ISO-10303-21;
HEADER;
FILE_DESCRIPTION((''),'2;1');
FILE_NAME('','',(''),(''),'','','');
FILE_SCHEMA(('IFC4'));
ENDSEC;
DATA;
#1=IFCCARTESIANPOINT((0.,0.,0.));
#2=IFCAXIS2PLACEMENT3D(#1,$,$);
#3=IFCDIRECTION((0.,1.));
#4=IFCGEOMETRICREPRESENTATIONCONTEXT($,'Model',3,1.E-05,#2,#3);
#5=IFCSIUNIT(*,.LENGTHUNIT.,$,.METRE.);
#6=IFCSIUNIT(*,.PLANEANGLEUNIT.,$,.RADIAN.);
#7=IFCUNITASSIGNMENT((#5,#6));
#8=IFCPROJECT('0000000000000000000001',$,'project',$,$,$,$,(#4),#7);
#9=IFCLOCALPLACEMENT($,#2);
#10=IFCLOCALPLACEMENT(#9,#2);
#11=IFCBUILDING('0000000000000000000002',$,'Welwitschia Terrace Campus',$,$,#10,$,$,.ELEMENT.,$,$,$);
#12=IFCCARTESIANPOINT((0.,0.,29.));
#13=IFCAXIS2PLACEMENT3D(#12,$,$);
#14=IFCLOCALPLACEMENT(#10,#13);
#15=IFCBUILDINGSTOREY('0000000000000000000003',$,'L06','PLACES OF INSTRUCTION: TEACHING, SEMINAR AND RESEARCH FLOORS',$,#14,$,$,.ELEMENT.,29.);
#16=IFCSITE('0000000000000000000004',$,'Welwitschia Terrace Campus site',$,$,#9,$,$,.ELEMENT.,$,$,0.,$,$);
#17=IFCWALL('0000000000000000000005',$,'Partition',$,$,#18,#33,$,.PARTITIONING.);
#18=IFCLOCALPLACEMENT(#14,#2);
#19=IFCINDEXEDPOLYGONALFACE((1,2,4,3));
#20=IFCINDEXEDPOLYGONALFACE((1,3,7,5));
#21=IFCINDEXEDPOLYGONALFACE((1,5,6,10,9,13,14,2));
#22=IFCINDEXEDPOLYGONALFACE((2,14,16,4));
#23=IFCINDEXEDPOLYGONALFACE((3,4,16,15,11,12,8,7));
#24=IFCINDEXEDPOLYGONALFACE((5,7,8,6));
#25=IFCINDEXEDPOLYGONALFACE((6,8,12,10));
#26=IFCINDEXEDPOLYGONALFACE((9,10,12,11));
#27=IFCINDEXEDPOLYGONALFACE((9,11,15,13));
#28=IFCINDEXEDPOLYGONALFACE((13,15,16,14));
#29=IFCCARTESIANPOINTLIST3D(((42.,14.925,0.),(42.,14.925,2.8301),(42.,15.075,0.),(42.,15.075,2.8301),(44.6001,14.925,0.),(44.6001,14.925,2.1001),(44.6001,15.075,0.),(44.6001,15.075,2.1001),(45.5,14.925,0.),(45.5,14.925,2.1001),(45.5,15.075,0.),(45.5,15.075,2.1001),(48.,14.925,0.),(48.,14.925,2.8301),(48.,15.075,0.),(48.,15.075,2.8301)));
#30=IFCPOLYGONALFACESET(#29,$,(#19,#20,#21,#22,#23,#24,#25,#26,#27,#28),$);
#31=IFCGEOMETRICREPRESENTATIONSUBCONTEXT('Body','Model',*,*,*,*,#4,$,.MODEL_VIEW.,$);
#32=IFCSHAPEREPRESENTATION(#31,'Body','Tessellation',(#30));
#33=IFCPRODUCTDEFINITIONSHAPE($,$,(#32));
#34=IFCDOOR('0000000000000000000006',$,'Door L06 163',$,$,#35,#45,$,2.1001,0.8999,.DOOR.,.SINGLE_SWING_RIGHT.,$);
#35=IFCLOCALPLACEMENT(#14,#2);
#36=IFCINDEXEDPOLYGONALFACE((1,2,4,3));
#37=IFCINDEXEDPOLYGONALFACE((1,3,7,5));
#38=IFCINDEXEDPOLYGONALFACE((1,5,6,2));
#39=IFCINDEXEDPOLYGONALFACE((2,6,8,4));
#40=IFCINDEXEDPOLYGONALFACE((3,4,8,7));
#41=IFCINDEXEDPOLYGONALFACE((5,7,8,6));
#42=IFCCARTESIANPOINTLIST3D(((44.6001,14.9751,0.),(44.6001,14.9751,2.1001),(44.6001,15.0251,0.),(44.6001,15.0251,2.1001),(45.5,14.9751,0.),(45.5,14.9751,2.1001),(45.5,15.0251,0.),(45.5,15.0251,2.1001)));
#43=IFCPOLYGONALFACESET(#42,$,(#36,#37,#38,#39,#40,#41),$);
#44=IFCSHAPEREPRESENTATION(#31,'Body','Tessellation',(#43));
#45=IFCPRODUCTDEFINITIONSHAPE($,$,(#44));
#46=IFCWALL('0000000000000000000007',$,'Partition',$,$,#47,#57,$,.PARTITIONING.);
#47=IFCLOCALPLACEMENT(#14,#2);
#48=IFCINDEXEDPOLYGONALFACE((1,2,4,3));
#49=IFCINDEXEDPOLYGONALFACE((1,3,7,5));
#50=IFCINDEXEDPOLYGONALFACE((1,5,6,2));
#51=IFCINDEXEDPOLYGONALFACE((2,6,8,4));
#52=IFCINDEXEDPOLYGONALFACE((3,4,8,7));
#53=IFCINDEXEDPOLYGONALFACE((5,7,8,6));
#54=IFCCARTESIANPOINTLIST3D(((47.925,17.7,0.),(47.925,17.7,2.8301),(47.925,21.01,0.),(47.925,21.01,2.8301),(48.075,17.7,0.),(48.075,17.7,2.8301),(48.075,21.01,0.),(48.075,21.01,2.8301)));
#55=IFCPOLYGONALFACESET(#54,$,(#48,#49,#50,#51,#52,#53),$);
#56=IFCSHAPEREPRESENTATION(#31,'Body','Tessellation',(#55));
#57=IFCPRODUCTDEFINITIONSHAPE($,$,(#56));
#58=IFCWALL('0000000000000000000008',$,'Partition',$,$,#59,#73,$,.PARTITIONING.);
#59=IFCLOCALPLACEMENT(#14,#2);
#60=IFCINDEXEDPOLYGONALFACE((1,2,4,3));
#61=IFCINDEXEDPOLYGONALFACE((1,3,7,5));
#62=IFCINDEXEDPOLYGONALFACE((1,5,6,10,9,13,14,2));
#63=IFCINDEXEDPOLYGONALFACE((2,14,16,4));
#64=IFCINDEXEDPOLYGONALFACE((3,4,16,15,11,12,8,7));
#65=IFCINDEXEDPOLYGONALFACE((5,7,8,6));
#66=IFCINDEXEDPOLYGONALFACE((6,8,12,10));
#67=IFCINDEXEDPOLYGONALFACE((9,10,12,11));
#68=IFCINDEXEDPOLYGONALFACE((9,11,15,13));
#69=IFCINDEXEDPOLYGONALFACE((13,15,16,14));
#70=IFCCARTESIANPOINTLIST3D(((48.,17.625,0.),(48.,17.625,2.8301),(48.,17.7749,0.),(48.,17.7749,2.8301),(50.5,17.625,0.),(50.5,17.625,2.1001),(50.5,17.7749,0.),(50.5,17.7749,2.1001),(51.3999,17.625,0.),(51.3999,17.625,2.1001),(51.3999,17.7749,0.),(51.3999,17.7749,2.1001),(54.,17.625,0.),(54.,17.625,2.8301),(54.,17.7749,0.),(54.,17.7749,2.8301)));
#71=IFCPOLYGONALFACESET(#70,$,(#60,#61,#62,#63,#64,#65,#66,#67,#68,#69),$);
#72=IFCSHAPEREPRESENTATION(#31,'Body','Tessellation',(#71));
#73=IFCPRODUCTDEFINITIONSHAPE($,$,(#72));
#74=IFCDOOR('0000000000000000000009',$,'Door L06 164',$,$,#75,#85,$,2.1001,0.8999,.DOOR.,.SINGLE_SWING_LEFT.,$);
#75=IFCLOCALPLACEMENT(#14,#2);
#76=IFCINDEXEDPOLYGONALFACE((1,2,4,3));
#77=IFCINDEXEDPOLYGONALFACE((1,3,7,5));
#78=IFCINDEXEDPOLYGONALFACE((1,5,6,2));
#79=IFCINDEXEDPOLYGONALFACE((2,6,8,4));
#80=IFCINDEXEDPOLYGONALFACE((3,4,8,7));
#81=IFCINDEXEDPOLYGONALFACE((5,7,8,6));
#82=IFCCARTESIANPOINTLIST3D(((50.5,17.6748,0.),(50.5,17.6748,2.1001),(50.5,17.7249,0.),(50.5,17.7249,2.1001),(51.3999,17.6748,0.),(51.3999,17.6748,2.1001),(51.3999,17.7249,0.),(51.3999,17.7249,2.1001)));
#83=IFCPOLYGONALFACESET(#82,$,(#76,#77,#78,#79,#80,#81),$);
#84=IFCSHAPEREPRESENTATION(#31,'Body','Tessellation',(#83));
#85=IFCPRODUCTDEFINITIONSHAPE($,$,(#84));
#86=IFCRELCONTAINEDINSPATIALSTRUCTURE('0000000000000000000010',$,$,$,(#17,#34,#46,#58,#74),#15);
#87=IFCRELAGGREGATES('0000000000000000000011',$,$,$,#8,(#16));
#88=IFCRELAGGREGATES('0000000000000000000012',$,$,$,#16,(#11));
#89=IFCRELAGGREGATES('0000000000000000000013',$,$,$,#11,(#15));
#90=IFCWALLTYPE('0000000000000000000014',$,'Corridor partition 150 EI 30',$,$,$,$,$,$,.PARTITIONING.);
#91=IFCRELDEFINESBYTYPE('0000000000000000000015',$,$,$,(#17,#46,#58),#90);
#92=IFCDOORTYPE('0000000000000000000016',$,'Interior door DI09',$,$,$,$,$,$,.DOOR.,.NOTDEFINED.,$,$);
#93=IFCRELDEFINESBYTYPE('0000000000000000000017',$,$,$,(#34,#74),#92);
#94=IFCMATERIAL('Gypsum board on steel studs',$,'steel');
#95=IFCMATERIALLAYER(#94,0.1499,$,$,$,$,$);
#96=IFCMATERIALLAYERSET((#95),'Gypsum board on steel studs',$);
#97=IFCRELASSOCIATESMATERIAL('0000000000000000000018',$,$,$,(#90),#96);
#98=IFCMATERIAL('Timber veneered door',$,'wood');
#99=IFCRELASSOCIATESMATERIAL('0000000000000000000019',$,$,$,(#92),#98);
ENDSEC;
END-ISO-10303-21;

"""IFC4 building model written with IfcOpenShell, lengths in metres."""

from ifc_helpers import new_model, si_unit, direction, frame, frame_2d, origin, place, context, subcontext, project, spatial, rectangle, extrude, material, layer, layer_set, type_object, element, fill, save


model = new_model("IFC4")

# Units and contexts
model_context = context("Model", 3, precision=1e-05, world=origin(), true_north=direction((0.0, 1.0)))
body_context = subcontext(model_context, "Body", "Model", "MODEL_VIEW")
ifc_project = project(units=[si_unit("LENGTHUNIT", "METRE"), si_unit("PLANEANGLEUNIT", "RADIAN")], contexts=[model_context])

# Site, building, storey
site_placement = place(None, origin())
site = spatial("IfcSite", under=ifc_project, at=site_placement, Name="Welwitschia Terrace Campus site", CompositionType="ELEMENT", RefElevation=0.0)
building_placement = place(site_placement, origin())
building = spatial("IfcBuilding", under=site, at=building_placement, Name="Welwitschia Terrace Campus", CompositionType="ELEMENT")
storey_placement = place(building_placement, frame((0.0, 0.0, 29.0)))
storey = spatial("IfcBuildingStorey", under=building, at=storey_placement, Name="L06", Description="PLACES OF INSTRUCTION: TEACHING, SEMINAR AND RESEARCH FLOORS", CompositionType="ELEMENT", Elevation=29.0)

# Shared definitions
ifc_material_1 = material(Name="Gypsum board on steel studs", Category="steel")
ifc_layer = layer(ifc_material_1, 0.1499)
ifc_layer_set = layer_set([ifc_layer], Name="Gypsum board on steel studs")
wall_type = type_object("IfcWallType", Name="Corridor partition 150 EI 30", PredefinedType="PARTITIONING", material=ifc_layer_set)

# Wall, opening, door
wall_1_placement = place(storey_placement, frame((48.0, 15.0, 0.0), z_axis=(0.0, 0.0, 1.0), x_axis=(-1.0, 0.0, 0.0)))
wall_1 = element("IfcWall", 1, at=wall_1_placement, inside=storey, type_object=wall_type, Name="Partition", PredefinedType="PARTITIONING", context=body_context, shape_type="SweptSolid", body=[
    extrude(rectangle(XDim=6.0, YDim=0.1499, at=frame_2d((3.0, 0.0))), origin(), (0.0, 0.0, 1.0), 2.8301),
])
opening_1_placement = place(wall_1_placement, frame((2.5, 0.0, 0.0)))
opening_1 = element("IfcOpeningElement", 2, at=opening_1_placement, cuts=wall_1, PredefinedType="OPENING", context=body_context, shape_type="SweptSolid", body=[
    extrude(rectangle(XDim=0.8999, YDim=2.1001, at=frame_2d((0.45, 1.05))), frame((0.0, 0.085, 0.0), z_axis=(0.0, -1.0, 0.0), x_axis=(1.0, 0.0, 0.0)), (0.0, 0.0, 1.0), 0.1699),
])
ifc_material_2 = material(Name="Timber veneered door", Category="wood")
door_type_1 = type_object("IfcDoorType", Name="Interior door DI09", OperationType="NOTDEFINED", PredefinedType="DOOR", material=ifc_material_2)
door_1_placement = place(opening_1_placement, origin())
door_1 = element("IfcDoor", 3, at=door_1_placement, inside=storey, type_object=door_type_1, Name="Door L06 163", OperationType="SINGLE_SWING_RIGHT", OverallHeight=2.1001, OverallWidth=0.8999, PredefinedType="DOOR", context=body_context, shape_type="SweptSolid", body=[
    extrude(rectangle(XDim=0.8999, YDim=2.1001, at=frame_2d((0.45, 1.05))), frame((0.0, 0.0249, 0.0), z_axis=(0.0, -1.0, 0.0), x_axis=(1.0, 0.0, 0.0)), (0.0, 0.0, 1.0), 0.05),
])
fill(opening_1, door_1)

# Wall
wall_2_placement = place(storey_placement, frame((48.0, 17.7, 0.0), z_axis=(0.0, 0.0, 1.0), x_axis=(0.0, 1.0, 0.0)))
element("IfcWall", 4, at=wall_2_placement, inside=storey, type_object=wall_type, Name="Partition", PredefinedType="PARTITIONING", context=body_context, shape_type="SweptSolid", body=[
    extrude(rectangle(XDim=3.3101, YDim=0.1499, at=frame_2d((1.655, 0.0))), origin(), (0.0, 0.0, 1.0), 2.8301),
])

# Wall, opening, door
wall_3_placement = place(storey_placement, frame((48.0, 17.7, 0.0), z_axis=(0.0, 0.0, 1.0), x_axis=(1.0, 0.0, 0.0)))
wall_3 = element("IfcWall", 5, at=wall_3_placement, inside=storey, type_object=wall_type, Name="Partition", PredefinedType="PARTITIONING", context=body_context, shape_type="SweptSolid", body=[
    extrude(rectangle(XDim=6.0, YDim=0.1499, at=frame_2d((3.0, 0.0))), origin(), (0.0, 0.0, 1.0), 2.8301),
])
opening_2_placement = place(wall_3_placement, frame((2.5, 0.0, 0.0)))
opening_2 = element("IfcOpeningElement", 6, at=opening_2_placement, cuts=wall_3, PredefinedType="OPENING", context=body_context, shape_type="SweptSolid", body=[
    extrude(rectangle(XDim=0.8999, YDim=2.1001, at=frame_2d((0.45, 1.05))), frame((0.0, 0.085, 0.0), z_axis=(0.0, -1.0, 0.0), x_axis=(1.0, 0.0, 0.0)), (0.0, 0.0, 1.0), 0.1699),
])
door_2_placement = place(opening_2_placement, origin())
door_2 = element("IfcDoor", 7, at=door_2_placement, inside=storey, type_object=door_type_1, Name="Door L06 164", OperationType="SINGLE_SWING_LEFT", OverallHeight=2.1001, OverallWidth=0.8999, PredefinedType="DOOR", context=body_context, shape_type="SweptSolid", body=[
    extrude(rectangle(XDim=0.8999, YDim=2.1001, at=frame_2d((0.45, 1.05))), frame((0.0, 0.0249, 0.0), z_axis=(0.0, -1.0, 0.0), x_axis=(1.0, 0.0, 0.0)), (0.0, 0.0, 1.0), 0.05),
])
fill(opening_2, door_2)

save(model, "model.ifc")
